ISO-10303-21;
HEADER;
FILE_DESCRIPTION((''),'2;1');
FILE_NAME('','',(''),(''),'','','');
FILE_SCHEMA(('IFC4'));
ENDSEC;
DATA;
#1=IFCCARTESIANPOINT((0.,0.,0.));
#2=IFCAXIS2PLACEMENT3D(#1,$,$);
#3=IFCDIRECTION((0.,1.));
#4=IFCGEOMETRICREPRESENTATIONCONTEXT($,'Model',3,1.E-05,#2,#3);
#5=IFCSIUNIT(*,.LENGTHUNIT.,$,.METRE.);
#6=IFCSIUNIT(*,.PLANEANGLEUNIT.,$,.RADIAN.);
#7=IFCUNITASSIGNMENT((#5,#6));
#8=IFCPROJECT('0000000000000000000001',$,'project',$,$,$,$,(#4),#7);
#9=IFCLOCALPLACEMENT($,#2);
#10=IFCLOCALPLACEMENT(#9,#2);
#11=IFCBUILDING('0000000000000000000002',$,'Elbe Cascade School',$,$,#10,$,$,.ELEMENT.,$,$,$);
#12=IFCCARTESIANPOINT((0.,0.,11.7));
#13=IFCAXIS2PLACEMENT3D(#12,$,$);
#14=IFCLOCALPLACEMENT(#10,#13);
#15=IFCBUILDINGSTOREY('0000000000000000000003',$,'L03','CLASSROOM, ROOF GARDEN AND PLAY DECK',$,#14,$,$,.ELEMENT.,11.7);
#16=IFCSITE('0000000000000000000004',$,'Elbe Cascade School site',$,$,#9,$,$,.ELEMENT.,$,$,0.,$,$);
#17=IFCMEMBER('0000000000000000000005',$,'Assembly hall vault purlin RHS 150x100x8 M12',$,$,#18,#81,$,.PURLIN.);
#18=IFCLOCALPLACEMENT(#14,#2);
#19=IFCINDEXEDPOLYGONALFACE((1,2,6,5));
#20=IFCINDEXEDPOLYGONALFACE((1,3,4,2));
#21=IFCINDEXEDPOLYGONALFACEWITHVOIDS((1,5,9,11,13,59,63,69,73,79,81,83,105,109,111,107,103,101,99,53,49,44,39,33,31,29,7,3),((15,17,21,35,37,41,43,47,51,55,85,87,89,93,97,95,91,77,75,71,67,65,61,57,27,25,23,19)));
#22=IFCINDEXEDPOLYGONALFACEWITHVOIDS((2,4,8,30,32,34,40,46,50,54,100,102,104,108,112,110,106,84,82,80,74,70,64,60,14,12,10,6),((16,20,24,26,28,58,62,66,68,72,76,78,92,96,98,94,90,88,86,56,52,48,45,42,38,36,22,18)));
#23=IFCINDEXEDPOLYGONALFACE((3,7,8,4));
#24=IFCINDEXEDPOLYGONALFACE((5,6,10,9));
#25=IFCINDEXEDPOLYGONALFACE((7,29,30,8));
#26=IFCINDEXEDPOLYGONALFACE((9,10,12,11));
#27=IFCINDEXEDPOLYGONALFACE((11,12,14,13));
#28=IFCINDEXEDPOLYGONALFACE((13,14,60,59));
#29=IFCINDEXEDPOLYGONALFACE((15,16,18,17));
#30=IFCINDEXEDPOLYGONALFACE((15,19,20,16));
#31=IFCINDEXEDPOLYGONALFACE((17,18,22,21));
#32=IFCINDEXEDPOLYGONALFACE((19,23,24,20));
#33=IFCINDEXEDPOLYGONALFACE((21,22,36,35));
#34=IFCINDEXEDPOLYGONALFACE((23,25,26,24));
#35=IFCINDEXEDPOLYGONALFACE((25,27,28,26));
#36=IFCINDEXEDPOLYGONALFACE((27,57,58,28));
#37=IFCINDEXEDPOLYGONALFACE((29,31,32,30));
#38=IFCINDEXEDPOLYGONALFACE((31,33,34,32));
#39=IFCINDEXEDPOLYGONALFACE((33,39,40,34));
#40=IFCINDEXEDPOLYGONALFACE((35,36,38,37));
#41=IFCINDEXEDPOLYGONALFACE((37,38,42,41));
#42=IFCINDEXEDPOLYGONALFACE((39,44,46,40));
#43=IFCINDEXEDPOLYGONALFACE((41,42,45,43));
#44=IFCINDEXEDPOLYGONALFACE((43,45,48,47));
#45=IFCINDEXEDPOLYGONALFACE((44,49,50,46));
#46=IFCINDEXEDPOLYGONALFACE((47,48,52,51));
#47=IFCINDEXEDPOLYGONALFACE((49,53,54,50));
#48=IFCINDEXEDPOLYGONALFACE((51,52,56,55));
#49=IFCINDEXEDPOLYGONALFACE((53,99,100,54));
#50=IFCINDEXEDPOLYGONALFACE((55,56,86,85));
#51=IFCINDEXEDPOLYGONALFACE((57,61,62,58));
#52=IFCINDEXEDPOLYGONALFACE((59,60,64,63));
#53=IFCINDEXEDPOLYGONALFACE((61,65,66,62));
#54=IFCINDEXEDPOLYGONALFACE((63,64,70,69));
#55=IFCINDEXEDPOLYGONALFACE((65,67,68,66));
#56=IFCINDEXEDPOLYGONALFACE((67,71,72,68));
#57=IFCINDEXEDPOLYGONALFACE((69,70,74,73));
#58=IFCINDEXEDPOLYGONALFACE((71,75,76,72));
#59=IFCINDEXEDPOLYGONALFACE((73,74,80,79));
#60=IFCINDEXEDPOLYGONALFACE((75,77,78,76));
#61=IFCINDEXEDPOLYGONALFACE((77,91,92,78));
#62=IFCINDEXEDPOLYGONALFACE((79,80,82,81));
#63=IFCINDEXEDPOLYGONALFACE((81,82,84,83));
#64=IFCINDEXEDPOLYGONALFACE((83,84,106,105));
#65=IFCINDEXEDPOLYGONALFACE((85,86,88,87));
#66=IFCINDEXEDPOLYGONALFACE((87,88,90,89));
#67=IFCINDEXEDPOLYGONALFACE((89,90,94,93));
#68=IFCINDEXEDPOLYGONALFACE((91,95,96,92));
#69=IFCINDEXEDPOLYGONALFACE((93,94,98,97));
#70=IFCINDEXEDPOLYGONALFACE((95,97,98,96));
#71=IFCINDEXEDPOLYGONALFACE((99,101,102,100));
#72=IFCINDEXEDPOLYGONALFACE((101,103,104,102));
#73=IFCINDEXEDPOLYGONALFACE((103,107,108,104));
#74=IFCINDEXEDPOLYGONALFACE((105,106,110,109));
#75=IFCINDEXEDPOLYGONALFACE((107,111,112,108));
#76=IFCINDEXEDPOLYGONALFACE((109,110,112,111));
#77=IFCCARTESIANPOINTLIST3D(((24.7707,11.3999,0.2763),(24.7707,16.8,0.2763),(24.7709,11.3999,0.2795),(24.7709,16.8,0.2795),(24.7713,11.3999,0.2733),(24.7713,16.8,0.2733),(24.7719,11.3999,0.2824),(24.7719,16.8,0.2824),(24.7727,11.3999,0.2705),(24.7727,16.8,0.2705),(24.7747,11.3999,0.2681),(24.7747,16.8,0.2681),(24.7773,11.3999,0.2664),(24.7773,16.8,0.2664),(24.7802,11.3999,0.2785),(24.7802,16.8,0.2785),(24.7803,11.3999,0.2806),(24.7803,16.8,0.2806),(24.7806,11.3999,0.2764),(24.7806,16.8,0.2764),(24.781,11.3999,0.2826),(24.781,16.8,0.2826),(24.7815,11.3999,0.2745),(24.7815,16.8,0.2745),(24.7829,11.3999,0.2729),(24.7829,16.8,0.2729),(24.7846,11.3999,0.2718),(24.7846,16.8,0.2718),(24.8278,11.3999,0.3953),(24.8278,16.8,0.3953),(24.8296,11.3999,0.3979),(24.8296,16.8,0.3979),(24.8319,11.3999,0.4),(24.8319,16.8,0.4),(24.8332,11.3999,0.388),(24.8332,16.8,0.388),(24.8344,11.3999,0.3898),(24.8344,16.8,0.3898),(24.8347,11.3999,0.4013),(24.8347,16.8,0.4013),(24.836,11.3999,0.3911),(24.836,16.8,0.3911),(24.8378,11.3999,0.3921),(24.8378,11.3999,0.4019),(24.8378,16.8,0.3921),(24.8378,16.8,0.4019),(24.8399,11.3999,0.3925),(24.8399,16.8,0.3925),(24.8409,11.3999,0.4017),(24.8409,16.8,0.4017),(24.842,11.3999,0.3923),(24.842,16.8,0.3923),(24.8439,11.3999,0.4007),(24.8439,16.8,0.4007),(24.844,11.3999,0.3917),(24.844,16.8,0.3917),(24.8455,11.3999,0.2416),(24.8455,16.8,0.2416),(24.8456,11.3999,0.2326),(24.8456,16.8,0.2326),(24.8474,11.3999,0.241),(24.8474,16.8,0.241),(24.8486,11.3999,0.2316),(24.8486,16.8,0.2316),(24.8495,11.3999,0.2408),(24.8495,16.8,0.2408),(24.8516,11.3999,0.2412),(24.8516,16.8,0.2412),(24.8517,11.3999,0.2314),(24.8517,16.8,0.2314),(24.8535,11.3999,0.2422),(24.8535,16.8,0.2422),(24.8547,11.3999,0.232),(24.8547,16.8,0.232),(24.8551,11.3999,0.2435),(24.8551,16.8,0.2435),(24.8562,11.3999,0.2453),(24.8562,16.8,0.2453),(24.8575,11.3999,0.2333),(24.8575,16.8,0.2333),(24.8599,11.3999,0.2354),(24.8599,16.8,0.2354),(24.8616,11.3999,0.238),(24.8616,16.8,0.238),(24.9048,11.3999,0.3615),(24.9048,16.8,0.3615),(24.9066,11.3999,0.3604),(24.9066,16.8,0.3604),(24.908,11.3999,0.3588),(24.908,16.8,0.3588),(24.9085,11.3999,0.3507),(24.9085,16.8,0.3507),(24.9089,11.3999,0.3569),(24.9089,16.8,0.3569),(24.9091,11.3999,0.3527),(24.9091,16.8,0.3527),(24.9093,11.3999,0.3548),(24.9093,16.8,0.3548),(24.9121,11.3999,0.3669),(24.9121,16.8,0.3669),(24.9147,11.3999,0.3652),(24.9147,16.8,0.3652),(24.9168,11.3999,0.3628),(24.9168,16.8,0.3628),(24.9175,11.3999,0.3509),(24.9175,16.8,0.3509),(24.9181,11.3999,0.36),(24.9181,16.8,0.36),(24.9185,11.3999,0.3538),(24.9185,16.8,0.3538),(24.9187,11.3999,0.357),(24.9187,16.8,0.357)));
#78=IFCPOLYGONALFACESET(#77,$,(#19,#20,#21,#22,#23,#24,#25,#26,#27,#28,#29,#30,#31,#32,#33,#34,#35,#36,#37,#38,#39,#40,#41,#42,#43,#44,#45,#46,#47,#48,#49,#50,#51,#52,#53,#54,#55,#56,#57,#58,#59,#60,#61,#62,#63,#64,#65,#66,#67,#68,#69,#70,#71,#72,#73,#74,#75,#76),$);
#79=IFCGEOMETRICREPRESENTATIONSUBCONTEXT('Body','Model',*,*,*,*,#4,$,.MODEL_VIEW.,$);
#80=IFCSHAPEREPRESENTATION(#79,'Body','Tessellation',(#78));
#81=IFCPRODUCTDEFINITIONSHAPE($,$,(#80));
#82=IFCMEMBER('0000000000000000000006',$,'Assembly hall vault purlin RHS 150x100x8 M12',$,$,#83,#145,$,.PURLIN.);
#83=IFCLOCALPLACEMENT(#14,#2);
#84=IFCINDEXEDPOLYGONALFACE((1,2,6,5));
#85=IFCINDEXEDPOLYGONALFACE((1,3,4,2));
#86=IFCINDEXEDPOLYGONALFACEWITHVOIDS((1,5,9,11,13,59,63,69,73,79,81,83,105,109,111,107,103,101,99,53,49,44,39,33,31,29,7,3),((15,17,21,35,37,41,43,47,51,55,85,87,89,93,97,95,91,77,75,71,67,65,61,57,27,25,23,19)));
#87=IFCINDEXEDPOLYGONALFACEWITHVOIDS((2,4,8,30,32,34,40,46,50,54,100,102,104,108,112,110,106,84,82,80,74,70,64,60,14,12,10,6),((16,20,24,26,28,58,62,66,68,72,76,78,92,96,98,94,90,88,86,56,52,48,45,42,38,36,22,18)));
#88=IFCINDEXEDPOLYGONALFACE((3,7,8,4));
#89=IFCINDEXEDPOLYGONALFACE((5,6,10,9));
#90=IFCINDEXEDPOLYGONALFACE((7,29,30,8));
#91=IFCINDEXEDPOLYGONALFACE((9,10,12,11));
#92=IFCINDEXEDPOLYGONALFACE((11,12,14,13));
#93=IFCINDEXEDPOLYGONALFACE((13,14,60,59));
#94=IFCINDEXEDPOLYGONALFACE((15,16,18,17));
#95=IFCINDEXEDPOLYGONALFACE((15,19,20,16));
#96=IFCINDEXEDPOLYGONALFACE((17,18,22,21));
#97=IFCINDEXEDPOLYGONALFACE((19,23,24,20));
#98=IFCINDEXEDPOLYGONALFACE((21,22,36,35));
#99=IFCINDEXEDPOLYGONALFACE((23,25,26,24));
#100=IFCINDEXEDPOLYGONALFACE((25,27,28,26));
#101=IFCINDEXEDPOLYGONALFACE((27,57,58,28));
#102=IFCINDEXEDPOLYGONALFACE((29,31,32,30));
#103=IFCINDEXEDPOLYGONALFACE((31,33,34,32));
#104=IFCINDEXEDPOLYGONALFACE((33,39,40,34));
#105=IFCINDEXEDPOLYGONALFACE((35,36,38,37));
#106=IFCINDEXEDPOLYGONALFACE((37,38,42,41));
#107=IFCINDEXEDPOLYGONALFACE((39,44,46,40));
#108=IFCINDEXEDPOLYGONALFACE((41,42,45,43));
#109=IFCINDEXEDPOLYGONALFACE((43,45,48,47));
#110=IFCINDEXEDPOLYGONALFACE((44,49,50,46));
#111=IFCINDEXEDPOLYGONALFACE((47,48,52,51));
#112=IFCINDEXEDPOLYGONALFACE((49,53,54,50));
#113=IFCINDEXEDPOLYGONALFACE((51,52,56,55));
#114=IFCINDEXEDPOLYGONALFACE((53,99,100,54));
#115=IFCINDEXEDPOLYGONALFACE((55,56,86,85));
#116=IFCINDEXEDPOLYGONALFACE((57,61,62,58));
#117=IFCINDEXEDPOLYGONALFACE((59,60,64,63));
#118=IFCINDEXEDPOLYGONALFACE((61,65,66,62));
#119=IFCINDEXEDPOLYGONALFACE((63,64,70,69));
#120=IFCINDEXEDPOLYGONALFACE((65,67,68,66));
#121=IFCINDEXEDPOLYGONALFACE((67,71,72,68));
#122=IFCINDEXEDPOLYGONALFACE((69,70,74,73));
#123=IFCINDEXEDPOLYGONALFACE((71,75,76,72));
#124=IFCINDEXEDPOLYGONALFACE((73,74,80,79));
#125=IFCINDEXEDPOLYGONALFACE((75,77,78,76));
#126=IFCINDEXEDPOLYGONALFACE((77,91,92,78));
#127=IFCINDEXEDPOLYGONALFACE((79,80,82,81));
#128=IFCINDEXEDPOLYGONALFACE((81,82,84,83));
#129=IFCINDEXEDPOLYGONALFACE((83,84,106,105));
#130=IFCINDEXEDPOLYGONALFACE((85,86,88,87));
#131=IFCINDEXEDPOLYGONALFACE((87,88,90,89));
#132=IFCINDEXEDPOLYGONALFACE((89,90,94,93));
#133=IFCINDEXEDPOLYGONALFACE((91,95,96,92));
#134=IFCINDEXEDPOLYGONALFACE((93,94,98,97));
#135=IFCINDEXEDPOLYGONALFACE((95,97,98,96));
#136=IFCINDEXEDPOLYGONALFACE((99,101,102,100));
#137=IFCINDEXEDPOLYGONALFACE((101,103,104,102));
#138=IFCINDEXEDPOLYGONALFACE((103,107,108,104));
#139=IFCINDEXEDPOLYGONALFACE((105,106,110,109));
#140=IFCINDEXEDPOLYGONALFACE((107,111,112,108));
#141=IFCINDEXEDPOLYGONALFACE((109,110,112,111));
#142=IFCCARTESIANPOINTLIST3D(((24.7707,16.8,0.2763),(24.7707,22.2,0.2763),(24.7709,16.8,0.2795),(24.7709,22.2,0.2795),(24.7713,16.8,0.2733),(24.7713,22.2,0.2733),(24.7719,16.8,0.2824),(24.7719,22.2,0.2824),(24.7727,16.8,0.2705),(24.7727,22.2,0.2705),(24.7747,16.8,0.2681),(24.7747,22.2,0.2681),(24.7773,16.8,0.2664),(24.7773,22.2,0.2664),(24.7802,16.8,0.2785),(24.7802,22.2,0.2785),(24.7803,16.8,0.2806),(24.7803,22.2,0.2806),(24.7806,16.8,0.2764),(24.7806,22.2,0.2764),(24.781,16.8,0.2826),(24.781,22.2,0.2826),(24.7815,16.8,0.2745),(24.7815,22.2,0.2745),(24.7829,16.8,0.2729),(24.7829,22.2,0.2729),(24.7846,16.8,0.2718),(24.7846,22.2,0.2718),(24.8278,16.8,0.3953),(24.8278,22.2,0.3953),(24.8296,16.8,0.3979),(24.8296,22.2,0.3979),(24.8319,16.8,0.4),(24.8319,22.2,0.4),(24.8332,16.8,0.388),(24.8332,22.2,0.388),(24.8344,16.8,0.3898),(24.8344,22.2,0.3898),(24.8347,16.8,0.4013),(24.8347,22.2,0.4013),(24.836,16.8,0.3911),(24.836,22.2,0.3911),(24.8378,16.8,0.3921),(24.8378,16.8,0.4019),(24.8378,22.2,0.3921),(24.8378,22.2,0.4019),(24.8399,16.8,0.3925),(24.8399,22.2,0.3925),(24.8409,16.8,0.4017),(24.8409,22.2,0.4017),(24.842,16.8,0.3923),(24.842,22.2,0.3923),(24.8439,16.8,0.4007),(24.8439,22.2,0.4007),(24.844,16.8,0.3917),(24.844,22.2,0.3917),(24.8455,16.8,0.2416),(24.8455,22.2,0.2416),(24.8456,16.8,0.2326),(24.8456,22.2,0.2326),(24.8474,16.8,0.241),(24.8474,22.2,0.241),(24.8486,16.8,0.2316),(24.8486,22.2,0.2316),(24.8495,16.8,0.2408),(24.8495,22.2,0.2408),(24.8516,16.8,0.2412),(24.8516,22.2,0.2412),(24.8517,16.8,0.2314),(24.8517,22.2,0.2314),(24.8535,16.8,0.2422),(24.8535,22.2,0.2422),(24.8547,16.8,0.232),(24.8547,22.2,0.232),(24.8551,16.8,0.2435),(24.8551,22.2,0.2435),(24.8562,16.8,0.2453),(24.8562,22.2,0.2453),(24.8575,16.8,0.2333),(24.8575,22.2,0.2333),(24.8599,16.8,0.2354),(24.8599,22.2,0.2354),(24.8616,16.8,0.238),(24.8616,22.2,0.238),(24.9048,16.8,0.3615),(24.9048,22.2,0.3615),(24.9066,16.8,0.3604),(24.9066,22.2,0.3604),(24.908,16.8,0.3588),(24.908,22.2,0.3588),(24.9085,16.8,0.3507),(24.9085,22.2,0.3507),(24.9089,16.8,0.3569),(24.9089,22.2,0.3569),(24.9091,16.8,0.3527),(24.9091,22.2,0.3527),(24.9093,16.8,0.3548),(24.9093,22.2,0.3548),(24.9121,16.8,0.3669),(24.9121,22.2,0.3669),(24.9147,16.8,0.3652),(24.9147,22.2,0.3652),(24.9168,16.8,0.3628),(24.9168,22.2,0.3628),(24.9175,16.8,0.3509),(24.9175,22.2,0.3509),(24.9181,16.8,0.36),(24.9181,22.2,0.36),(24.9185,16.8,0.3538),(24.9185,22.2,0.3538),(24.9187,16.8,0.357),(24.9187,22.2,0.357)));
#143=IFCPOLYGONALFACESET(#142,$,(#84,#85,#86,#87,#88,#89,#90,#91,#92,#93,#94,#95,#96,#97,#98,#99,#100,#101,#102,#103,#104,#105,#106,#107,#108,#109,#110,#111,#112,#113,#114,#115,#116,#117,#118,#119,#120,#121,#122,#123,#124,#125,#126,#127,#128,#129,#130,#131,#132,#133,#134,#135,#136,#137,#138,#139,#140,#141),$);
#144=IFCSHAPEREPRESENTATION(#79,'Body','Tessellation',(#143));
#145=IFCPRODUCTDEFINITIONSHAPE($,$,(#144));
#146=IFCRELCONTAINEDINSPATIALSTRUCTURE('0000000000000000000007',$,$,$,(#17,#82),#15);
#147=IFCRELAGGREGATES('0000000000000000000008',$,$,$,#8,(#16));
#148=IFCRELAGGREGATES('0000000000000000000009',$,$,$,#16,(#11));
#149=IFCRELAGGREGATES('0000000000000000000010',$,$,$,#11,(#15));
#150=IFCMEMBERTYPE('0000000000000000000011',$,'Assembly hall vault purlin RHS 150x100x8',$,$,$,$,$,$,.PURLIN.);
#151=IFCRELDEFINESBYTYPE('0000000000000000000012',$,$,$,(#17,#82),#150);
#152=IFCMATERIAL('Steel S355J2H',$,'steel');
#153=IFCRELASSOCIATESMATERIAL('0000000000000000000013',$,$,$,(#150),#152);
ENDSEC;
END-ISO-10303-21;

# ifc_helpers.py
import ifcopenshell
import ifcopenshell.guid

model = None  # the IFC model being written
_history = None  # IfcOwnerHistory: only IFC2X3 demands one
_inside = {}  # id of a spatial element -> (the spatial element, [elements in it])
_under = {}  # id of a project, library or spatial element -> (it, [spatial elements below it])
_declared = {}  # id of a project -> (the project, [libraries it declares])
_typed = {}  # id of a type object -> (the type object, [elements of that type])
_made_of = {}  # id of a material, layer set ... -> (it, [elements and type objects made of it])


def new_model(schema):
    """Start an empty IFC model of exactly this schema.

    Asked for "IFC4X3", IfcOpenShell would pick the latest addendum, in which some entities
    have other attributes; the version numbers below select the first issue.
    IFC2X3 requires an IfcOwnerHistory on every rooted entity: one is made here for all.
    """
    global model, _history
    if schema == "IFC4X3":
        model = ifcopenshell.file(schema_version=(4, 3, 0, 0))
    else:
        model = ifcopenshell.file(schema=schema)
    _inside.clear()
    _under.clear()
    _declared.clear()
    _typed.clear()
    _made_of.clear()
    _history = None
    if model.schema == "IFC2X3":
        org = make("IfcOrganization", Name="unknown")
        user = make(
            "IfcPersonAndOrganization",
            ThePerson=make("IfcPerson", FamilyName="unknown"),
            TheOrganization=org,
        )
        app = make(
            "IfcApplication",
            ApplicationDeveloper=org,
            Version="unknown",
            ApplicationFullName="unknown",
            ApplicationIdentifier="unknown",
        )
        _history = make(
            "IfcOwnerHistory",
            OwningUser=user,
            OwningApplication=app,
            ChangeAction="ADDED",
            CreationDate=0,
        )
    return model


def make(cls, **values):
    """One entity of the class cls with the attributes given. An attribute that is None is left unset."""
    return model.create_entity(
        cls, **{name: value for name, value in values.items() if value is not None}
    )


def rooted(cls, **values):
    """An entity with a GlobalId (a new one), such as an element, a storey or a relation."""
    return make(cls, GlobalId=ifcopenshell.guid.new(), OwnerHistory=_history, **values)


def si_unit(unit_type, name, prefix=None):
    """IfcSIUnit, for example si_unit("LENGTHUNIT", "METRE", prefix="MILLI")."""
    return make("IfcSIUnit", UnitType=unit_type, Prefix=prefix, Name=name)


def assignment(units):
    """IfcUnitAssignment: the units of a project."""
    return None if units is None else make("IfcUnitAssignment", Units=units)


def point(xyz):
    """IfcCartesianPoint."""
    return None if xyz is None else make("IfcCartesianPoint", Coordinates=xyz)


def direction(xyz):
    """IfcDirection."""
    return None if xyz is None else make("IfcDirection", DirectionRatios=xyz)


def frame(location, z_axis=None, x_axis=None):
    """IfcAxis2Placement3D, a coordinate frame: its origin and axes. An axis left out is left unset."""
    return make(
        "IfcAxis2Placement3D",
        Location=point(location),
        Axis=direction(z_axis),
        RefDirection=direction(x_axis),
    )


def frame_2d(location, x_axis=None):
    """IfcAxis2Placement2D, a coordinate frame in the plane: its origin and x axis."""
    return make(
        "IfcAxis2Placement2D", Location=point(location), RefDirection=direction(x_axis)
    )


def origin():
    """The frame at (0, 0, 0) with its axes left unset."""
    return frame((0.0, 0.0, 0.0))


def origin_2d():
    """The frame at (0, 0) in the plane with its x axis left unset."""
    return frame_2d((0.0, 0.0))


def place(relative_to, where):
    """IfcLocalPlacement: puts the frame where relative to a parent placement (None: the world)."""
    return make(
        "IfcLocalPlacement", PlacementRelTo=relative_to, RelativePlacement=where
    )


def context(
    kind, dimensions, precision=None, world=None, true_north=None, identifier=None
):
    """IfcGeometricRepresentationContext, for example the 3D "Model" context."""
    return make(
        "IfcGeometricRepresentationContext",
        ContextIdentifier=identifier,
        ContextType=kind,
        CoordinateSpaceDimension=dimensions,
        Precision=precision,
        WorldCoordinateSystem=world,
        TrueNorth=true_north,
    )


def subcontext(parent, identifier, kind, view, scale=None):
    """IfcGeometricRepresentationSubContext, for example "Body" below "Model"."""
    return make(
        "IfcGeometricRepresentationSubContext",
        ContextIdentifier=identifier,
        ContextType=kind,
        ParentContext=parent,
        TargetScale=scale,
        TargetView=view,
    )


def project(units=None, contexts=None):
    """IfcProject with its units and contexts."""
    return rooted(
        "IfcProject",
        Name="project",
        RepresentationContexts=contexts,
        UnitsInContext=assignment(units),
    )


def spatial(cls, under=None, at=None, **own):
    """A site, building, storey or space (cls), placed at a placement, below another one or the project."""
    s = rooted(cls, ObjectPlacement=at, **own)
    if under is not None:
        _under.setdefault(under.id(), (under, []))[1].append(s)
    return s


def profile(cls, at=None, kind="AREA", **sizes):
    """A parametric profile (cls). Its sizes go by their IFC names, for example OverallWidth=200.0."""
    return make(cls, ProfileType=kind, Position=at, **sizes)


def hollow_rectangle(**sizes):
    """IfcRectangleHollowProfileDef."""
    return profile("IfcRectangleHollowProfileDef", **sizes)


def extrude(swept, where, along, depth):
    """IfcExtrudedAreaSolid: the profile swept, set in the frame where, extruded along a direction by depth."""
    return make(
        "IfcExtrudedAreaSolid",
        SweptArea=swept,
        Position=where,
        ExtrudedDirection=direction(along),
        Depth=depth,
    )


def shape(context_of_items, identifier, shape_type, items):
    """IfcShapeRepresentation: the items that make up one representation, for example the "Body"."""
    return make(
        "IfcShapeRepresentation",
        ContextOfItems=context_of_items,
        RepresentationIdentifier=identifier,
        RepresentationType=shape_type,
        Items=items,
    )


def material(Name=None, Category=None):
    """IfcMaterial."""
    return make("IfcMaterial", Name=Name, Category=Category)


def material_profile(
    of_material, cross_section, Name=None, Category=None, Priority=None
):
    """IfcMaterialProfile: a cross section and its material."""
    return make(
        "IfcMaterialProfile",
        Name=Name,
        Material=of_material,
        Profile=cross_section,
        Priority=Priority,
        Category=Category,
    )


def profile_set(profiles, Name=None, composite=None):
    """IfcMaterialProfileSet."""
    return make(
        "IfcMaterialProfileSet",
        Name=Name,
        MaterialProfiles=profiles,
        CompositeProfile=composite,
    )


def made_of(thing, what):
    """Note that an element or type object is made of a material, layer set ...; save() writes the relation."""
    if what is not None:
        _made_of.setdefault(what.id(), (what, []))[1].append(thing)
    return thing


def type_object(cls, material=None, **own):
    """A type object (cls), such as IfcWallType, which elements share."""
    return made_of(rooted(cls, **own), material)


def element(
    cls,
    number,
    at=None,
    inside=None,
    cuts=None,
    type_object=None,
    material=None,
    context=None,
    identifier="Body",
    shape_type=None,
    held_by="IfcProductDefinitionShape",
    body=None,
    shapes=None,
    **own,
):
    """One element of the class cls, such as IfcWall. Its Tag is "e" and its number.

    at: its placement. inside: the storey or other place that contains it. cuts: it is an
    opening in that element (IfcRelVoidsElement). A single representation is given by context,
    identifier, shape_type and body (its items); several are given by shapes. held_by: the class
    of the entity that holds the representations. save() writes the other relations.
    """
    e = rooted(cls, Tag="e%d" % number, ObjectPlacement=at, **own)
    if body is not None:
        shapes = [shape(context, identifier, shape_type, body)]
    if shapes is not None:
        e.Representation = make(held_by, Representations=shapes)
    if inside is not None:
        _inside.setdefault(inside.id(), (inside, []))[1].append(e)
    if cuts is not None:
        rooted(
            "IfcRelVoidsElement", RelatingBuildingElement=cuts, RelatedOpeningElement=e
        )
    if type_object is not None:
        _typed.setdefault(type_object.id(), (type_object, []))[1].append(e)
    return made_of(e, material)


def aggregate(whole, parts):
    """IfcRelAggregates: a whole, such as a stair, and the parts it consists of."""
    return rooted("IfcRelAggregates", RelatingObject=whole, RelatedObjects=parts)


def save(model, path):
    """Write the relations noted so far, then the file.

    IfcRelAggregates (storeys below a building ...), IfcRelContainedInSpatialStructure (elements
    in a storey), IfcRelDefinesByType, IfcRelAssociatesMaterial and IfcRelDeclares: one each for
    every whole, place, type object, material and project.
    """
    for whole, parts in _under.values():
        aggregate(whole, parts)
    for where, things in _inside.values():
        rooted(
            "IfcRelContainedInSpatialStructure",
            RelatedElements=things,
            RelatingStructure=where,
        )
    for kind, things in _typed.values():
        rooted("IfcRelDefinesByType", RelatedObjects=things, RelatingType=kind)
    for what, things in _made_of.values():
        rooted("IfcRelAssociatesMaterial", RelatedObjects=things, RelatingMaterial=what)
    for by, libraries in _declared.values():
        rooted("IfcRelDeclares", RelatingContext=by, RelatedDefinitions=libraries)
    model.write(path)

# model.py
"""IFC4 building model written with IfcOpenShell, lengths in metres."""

from ifc_helpers import new_model, si_unit, direction, frame, origin, origin_2d, place, context, subcontext, project, spatial, hollow_rectangle, extrude, material, material_profile, profile_set, type_object, element, save


model = new_model("IFC4")

# Units and contexts
model_context = context("Model", 3, precision=1e-05, world=origin(), true_north=direction((0.0, 1.0)))
body_context = subcontext(model_context, "Body", "Model", "MODEL_VIEW")
ifc_project = project(units=[si_unit("LENGTHUNIT", "METRE"), si_unit("PLANEANGLEUNIT", "RADIAN")], contexts=[model_context])

# Site, building, storey
site_placement = place(None, origin())
site = spatial("IfcSite", under=ifc_project, at=site_placement, Name="Elbe Cascade School site", CompositionType="ELEMENT", RefElevation=0.0)
building_placement = place(site_placement, origin())
building = spatial("IfcBuilding", under=site, at=building_placement, Name="Elbe Cascade School", CompositionType="ELEMENT")
storey_placement = place(building_placement, frame((0.0, 0.0, 11.7)))
storey = spatial("IfcBuildingStorey", under=building, at=storey_placement, Name="L03", Description="CLASSROOM, ROOF GARDEN AND PLAY DECK", CompositionType="ELEMENT", Elevation=11.7)

# Members
ifc_material_1 = material(Name="Steel S355J2H", Category="steel")
ifc_material_profile_1 = material_profile(ifc_material_1, hollow_rectangle(XDim=0.1001, YDim=0.1499, WallThickness=0.0081, InnerFilletRadius=0.0081, OuterFilletRadius=0.012, at=origin_2d()), Name="RHS 150x100x8")
ifc_profile_set_1 = profile_set([ifc_material_profile_1], Name="Steel S355J2H")
member_type_1 = type_object("IfcMemberType", Name="Assembly hall vault purlin RHS 150x100x8", PredefinedType="PURLIN", material=ifc_profile_set_1)
member_1_placement = place(storey_placement, frame((24.8447, 11.3999, 0.3167), z_axis=(0.0, 1.0, 0.0), x_axis=(-0.896151, 0.0, 0.44375)))
element("IfcMember", 1, at=member_1_placement, inside=storey, type_object=member_type_1, Name="Assembly hall vault purlin RHS 150x100x8 M12", PredefinedType="PURLIN", context=body_context, shape_type="SweptSolid", body=[
    extrude(hollow_rectangle(XDim=0.1001, YDim=0.1499, WallThickness=0.0081, InnerFilletRadius=0.0081, OuterFilletRadius=0.012, at=origin_2d()), origin(), (0.0, 0.0, 1.0), 5.4001),
])
member_2_placement = place(storey_placement, frame((24.8447, 16.8, 0.3167), z_axis=(0.0, 1.0, 0.0), x_axis=(-0.896151, 0.0, 0.44375)))
element("IfcMember", 2, at=member_2_placement, inside=storey, type_object=member_type_1, Name="Assembly hall vault purlin RHS 150x100x8 M12", PredefinedType="PURLIN", context=body_context, shape_type="SweptSolid", body=[
    extrude(hollow_rectangle(XDim=0.1001, YDim=0.1499, WallThickness=0.0081, InnerFilletRadius=0.0081, OuterFilletRadius=0.012, at=origin_2d()), origin(), (0.0, 0.0, 1.0), 5.3999),
])

save(model, "model.ifc")
